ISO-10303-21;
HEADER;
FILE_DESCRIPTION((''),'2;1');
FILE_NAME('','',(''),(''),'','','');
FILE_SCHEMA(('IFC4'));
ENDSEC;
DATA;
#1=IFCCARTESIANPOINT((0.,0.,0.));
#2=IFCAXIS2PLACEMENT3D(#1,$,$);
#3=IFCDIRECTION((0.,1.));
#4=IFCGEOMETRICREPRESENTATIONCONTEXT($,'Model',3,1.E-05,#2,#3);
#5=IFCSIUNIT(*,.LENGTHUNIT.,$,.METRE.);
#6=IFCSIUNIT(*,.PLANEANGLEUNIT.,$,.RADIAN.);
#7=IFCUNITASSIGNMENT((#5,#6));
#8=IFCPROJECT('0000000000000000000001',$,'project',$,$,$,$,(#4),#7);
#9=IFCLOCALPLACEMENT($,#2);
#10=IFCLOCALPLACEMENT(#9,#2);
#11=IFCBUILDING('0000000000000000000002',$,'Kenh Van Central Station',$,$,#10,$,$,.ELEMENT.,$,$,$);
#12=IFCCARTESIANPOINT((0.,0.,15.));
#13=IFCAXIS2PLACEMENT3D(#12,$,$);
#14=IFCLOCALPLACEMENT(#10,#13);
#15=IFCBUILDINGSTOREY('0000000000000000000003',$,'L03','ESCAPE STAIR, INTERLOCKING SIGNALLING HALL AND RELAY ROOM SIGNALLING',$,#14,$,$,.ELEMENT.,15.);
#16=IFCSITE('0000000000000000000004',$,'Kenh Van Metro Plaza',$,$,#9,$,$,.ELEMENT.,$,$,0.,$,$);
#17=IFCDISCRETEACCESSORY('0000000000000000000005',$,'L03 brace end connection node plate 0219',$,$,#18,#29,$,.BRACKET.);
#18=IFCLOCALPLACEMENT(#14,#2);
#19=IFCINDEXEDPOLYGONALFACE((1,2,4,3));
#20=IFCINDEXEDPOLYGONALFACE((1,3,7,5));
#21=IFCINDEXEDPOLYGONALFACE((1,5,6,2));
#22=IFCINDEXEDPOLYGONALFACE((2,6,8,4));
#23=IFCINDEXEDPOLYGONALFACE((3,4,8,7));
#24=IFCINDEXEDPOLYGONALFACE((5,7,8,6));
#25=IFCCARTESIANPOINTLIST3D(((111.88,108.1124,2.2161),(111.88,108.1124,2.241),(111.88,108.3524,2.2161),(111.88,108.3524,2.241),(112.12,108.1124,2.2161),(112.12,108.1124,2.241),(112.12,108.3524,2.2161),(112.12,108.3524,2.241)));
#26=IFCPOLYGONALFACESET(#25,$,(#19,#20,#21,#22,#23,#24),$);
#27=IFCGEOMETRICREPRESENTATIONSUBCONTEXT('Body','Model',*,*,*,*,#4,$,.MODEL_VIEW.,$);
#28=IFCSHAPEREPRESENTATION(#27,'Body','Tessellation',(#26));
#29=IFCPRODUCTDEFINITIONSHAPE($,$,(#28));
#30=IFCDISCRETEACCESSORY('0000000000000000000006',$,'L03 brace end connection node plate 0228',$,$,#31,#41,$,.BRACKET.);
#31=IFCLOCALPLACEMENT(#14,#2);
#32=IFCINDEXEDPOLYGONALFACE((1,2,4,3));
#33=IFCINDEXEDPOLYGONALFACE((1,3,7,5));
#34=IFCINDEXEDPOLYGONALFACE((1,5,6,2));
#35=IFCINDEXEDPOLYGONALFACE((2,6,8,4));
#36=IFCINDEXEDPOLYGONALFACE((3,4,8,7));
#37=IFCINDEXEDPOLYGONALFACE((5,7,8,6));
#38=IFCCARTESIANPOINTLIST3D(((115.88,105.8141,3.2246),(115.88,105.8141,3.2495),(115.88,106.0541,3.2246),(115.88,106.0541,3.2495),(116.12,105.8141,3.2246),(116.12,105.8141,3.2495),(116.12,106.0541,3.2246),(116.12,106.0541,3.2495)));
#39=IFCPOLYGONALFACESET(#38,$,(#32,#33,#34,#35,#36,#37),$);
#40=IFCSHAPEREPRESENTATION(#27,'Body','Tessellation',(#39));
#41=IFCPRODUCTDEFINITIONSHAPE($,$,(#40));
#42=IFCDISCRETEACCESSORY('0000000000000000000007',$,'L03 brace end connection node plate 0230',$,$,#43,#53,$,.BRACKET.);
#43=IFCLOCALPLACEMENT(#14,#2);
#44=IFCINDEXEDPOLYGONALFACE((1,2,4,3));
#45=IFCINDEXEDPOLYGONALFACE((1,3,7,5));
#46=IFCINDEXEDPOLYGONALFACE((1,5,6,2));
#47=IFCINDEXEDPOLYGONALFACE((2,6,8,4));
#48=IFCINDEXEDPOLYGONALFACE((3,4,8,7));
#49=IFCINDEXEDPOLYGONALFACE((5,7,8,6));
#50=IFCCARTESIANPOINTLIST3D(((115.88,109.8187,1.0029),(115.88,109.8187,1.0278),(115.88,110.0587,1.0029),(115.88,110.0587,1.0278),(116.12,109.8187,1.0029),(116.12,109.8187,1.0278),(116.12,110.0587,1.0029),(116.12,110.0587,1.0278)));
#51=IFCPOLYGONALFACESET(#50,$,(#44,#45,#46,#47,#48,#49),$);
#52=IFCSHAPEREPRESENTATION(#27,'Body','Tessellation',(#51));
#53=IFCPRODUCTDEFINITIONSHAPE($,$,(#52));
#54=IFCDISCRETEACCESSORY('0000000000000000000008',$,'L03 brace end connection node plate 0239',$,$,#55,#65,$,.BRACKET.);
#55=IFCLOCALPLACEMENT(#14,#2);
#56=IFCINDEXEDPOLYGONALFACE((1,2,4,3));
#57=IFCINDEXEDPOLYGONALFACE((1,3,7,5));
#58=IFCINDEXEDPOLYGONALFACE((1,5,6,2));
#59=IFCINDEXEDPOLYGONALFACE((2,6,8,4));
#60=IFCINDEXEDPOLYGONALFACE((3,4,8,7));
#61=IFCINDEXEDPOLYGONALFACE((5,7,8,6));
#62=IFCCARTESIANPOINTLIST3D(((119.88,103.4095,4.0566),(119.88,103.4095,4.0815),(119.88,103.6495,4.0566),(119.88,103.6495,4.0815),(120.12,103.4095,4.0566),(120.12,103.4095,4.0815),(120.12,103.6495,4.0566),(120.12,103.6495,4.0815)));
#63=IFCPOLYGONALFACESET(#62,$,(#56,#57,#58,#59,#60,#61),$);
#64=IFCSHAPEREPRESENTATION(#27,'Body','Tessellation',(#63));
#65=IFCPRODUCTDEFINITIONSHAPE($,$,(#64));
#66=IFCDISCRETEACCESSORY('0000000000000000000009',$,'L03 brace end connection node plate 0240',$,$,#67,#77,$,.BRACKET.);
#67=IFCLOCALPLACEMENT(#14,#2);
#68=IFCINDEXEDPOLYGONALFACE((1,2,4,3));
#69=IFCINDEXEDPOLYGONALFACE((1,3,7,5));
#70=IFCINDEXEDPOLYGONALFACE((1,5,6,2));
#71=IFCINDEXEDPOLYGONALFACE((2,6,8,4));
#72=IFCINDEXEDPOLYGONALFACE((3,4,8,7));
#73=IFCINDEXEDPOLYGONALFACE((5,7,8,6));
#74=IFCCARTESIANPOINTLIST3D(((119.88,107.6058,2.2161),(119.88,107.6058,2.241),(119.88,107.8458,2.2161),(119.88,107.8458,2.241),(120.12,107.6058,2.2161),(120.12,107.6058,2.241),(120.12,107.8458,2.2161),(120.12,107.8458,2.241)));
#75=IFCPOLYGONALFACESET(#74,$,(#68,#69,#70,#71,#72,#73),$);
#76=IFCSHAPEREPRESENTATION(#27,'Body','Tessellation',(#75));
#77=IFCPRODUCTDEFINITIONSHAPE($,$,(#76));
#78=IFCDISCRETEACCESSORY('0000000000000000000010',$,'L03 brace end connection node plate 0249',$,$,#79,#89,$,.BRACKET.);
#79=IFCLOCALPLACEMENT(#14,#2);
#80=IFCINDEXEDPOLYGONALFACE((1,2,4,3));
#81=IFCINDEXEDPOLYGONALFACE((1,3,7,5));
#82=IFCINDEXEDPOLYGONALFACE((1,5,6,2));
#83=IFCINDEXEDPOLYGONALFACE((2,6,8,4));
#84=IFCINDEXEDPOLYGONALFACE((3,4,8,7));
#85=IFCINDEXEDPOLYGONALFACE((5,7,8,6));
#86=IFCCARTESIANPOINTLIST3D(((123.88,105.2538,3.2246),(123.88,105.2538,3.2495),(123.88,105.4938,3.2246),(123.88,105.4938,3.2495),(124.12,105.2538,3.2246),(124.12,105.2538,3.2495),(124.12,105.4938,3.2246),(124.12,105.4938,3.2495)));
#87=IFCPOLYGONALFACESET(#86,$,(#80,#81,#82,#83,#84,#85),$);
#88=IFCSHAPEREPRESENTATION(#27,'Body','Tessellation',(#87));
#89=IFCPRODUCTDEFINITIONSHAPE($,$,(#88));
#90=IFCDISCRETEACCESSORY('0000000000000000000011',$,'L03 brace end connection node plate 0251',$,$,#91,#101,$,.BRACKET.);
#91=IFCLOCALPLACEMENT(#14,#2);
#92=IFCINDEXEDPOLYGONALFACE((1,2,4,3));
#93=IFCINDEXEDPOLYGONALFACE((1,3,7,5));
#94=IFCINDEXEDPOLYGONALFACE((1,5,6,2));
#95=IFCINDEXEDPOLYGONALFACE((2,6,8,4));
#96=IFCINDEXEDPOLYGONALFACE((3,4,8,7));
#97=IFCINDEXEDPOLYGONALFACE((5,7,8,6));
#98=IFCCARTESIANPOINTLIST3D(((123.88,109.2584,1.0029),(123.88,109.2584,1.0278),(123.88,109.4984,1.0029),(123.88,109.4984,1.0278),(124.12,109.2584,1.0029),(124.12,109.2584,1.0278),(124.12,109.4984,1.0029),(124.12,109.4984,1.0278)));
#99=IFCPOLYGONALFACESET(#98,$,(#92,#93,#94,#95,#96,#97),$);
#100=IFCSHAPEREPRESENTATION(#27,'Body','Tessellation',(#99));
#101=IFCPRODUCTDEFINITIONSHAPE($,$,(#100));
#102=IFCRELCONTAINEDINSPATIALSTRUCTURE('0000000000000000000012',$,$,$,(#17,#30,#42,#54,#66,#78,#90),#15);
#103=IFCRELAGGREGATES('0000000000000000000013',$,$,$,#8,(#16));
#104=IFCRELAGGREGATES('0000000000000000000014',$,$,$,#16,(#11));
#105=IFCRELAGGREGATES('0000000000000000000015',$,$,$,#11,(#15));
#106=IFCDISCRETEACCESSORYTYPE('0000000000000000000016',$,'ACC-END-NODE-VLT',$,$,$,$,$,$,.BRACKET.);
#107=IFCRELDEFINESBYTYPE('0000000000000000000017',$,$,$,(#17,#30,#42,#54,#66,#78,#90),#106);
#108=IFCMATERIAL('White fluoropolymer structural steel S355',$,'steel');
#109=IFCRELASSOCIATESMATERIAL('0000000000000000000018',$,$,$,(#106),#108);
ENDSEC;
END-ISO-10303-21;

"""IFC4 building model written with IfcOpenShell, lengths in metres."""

from ifc_helpers import new_model, si_unit, direction, frame, origin, origin_2d, place, context, subcontext, project, spatial, rectangle, extrude, material, type_object, element, save


model = new_model("IFC4")

# Units and contexts
model_context = context("Model", 3, precision=1e-05, world=origin(), true_north=direction((0.0, 1.0)))
body_context = subcontext(model_context, "Body", "Model", "MODEL_VIEW")
ifc_project = project(units=[si_unit("LENGTHUNIT", "METRE"), si_unit("PLANEANGLEUNIT", "RADIAN")], contexts=[model_context])

# Site, building, storey
site_placement = place(None, origin())
site = spatial("IfcSite", under=ifc_project, at=site_placement, Name="Kenh Van Metro Plaza", CompositionType="ELEMENT", RefElevation=0.0)
building_placement = place(site_placement, origin())
building = spatial("IfcBuilding", under=site, at=building_placement, Name="Kenh Van Central Station", CompositionType="ELEMENT")
storey_placement = place(building_placement, frame((0.0, 0.0, 15.0)))
storey = spatial("IfcBuildingStorey", under=building, at=storey_placement, Name="L03", Description="ESCAPE STAIR, INTERLOCKING SIGNALLING HALL AND RELAY ROOM SIGNALLING", CompositionType="ELEMENT", Elevation=15.0)

# Shared definitions
ifc_material_1 = material(Name="White fluoropolymer structural steel S355", Category="steel")

# Discrete accessories
discrete_accessory_type = type_object("IfcDiscreteAccessoryType", Name="ACC-END-NODE-VLT", PredefinedType="BRACKET", material=ifc_material_1)
for number, where, z_axis, x_axis, name in (
    (1, (112.0, 108.2324, 2.2161), (0.0, 0.0, 1.0), (1.0, 0.0, 0.0), "L03 brace end connection node plate 0219"),
    (2, (116.0, 105.9341, 3.2246), (0.0, 0.0, 1.0), (1.0, 0.0, 0.0), "L03 brace end connection node plate 0228"),
    (3, (116.0, 109.9387, 1.0029), (0.0, 0.0, 1.0), (1.0, 0.0, 0.0), "L03 brace end connection node plate 0230"),
    (4, (120.0, 103.5295, 4.0566), (0.0, 0.0, 1.0), (1.0, 0.0, 0.0), "L03 brace end connection node plate 0239"),
    (5, (120.0, 107.7258, 2.2161), (0.0, 0.0, 1.0), (1.0, 0.0, 0.0), "L03 brace end connection node plate 0240"),
    (6, (124.0, 105.3738, 3.2246), (0.0, 0.0, 1.0), (1.0, 0.0, 0.0), "L03 brace end connection node plate 0249"),
    (7, (124.0, 109.3784, 1.0029), (0.0, 0.0, 1.0), (1.0, 0.0, 0.0), "L03 brace end connection node plate 0251"),
):
    element("IfcDiscreteAccessory", number, at=place(storey_placement, frame(where, z_axis=z_axis, x_axis=x_axis)), inside=storey, type_object=discrete_accessory_type, Name=name, PredefinedType="BRACKET", context=body_context, shape_type="SweptSolid", body=[
        extrude(rectangle(XDim=0.24, YDim=0.24, at=origin_2d()), origin(), (0.0, 0.0, 1.0), 0.0249),
    ])

save(model, "model.ifc")
